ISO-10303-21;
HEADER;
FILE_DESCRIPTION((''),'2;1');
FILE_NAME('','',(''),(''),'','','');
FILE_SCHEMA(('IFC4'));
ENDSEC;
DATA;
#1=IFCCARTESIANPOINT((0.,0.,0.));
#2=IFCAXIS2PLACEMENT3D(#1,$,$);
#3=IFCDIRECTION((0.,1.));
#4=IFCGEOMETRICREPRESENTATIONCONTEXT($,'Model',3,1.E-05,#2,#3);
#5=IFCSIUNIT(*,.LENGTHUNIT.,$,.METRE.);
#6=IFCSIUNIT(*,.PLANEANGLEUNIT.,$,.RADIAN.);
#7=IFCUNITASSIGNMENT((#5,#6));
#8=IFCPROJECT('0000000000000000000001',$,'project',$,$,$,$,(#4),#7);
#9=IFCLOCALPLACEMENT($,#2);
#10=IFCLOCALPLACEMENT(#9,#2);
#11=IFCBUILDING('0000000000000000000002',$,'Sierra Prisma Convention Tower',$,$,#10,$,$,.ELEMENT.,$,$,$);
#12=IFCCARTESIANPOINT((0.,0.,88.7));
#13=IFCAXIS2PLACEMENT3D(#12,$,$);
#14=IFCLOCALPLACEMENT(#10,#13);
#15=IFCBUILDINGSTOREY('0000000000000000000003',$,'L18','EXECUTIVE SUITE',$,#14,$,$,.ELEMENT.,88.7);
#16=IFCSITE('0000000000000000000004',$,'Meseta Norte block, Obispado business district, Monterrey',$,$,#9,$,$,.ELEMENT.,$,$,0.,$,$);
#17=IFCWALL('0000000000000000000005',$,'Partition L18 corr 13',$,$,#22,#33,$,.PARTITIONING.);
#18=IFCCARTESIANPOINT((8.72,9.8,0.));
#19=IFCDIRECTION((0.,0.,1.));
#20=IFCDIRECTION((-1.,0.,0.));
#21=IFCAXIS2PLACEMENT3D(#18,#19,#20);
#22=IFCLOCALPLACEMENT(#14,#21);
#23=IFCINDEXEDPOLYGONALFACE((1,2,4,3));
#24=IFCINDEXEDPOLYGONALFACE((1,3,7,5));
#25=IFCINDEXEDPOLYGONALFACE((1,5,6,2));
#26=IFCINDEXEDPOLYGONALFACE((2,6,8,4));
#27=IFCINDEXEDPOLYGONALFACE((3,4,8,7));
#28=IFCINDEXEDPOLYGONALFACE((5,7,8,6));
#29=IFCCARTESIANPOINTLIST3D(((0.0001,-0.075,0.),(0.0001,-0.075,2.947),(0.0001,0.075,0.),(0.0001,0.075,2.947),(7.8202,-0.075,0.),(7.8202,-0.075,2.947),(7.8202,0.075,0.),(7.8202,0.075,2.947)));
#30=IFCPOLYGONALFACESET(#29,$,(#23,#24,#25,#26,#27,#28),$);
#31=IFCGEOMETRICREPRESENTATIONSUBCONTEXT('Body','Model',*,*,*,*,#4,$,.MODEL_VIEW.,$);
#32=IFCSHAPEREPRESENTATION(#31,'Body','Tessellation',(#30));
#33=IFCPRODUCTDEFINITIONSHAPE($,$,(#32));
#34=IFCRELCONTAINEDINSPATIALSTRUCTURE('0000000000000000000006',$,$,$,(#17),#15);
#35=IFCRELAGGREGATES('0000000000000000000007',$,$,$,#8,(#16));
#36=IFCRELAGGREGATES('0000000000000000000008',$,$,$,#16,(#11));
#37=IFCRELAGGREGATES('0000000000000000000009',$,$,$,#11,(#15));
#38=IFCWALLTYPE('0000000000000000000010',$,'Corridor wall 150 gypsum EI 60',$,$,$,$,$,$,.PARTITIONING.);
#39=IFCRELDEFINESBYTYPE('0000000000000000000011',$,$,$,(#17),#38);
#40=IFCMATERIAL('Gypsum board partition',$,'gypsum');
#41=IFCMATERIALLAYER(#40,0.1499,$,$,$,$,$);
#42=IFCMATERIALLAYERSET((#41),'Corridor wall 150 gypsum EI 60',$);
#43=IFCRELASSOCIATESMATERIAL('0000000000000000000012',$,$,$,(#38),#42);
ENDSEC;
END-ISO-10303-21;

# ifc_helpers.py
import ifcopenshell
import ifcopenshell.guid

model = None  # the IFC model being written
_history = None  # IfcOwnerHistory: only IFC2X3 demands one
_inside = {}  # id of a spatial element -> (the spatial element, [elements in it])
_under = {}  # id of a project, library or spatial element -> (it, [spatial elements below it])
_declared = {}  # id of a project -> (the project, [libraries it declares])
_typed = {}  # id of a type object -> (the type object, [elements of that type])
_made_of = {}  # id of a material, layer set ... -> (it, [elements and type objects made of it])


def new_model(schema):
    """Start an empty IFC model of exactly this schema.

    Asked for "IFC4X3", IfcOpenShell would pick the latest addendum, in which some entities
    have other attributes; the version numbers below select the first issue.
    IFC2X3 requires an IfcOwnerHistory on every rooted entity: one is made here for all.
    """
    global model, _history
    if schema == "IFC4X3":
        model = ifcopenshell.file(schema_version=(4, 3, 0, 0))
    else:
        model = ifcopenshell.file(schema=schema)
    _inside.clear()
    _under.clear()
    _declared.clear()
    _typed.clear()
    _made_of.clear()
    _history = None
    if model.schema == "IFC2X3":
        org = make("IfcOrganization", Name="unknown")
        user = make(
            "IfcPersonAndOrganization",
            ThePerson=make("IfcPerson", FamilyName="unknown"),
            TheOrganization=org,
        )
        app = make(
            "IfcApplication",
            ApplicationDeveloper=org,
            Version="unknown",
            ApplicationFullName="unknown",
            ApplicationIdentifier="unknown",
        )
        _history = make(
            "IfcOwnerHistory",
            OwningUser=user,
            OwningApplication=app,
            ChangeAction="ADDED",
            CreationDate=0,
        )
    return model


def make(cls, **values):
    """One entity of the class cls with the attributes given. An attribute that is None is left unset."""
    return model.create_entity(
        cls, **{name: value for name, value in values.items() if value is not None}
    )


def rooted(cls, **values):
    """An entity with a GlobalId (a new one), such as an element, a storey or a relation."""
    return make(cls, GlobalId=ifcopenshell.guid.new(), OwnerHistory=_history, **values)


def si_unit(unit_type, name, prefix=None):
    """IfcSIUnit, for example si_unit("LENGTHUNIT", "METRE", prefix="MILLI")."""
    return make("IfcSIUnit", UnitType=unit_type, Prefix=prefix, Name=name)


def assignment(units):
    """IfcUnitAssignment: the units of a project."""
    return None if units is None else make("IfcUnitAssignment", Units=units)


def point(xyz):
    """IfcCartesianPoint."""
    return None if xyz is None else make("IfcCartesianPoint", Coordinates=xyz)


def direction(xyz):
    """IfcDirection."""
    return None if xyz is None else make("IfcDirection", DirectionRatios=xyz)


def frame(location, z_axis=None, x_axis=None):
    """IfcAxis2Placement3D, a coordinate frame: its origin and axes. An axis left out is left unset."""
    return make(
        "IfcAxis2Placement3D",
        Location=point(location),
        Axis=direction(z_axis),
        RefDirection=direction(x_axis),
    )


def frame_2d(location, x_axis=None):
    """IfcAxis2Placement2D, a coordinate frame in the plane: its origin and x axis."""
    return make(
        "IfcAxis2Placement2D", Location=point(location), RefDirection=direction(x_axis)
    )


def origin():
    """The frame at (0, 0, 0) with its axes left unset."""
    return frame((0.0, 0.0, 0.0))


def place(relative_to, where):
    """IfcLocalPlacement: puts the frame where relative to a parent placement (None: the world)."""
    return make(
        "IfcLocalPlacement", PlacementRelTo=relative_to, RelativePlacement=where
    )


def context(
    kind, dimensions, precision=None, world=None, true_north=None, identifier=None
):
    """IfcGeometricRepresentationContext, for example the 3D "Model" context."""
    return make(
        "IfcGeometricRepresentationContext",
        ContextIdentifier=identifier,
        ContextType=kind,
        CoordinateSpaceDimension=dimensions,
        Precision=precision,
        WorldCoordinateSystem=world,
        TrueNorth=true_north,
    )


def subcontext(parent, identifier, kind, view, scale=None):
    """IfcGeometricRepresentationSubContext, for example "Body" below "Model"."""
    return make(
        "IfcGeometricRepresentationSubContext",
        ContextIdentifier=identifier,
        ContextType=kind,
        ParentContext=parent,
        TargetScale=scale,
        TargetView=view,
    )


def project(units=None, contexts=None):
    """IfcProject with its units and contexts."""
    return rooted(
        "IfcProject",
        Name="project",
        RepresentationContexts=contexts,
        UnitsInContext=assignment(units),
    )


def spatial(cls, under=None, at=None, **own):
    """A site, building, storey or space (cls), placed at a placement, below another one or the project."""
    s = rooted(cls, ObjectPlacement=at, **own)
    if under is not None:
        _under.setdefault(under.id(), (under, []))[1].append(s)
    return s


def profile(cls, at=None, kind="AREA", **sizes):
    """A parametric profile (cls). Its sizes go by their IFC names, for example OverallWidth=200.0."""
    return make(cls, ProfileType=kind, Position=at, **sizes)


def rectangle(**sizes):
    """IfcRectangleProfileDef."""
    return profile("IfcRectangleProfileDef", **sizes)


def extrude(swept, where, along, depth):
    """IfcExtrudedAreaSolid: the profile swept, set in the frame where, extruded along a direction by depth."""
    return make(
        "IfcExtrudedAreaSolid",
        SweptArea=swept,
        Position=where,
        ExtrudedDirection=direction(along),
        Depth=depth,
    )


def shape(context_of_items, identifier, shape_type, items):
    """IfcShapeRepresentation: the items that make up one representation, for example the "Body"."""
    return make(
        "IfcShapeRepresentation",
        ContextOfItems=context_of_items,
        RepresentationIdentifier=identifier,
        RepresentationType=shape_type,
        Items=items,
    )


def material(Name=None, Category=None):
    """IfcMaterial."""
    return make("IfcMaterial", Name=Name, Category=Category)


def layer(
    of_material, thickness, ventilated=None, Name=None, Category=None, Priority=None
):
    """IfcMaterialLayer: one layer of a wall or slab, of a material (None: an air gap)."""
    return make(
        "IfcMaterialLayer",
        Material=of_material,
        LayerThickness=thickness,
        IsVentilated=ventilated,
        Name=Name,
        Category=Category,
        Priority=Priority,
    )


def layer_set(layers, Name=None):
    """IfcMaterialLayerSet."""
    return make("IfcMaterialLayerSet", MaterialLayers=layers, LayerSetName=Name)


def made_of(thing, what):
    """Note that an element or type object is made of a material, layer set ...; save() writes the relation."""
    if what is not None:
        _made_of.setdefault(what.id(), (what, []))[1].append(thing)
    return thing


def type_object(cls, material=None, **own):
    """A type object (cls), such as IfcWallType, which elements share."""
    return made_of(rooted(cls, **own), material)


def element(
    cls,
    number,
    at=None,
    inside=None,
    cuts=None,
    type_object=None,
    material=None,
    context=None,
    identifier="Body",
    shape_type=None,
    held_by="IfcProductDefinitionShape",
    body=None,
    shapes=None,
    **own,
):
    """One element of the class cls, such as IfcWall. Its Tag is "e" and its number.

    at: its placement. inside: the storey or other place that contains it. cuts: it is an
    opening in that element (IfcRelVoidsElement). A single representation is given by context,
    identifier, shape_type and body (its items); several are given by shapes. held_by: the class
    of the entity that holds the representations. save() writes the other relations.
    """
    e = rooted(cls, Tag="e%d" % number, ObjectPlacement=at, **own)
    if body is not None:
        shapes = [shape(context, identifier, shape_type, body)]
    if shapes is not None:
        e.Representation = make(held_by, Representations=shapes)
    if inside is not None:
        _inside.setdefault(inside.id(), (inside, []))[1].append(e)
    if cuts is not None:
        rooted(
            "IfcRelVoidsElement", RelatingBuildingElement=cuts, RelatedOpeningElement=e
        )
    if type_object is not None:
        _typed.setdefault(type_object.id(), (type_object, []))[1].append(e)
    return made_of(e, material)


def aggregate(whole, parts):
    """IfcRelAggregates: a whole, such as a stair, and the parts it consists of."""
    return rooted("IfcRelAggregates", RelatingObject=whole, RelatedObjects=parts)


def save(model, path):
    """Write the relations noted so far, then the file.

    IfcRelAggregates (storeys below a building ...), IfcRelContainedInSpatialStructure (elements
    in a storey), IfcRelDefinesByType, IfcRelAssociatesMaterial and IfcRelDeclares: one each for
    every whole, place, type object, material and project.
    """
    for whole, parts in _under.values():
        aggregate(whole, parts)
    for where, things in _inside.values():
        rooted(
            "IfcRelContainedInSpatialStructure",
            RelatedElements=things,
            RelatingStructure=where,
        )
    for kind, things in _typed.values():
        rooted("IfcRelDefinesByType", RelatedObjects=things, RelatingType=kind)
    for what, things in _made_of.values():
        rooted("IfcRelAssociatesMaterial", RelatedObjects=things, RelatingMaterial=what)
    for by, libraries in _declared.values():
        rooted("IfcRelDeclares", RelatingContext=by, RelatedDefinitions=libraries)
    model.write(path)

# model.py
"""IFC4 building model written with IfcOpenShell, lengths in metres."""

from ifc_helpers import new_model, si_unit, direction, frame, frame_2d, origin, place, context, subcontext, project, spatial, rectangle, extrude, material, layer, layer_set, type_object, element, save


model = new_model("IFC4")

# Units and contexts
model_context = context("Model", 3, precision=1e-05, world=origin(), true_north=direction((0.0, 1.0)))
body_context = subcontext(model_context, "Body", "Model", "MODEL_VIEW")
ifc_project = project(units=[si_unit("LENGTHUNIT", "METRE"), si_unit("PLANEANGLEUNIT", "RADIAN")], contexts=[model_context])

# Site, building, storey
site_placement = place(None, origin())
site = spatial("IfcSite", under=ifc_project, at=site_placement, Name="Meseta Norte block, Obispado business district, Monterrey", CompositionType="ELEMENT", RefElevation=0.0)
building_placement = place(site_placement, origin())
building = spatial("IfcBuilding", under=site, at=building_placement, Name="Sierra Prisma Convention Tower", CompositionType="ELEMENT")
storey_placement = place(building_placement, frame((0.0, 0.0, 88.7)))
storey = spatial("IfcBuildingStorey", under=building, at=storey_placement, Name="L18", Description="EXECUTIVE SUITE", CompositionType="ELEMENT", Elevation=88.7)

# Wall
ifc_material_1 = material(Name="Gypsum board partition", Category="gypsum")
ifc_layer_1 = layer(ifc_material_1, 0.1499)
ifc_layer_set_1 = layer_set([ifc_layer_1], Name="Corridor wall 150 gypsum EI 60")
wall_type_1 = type_object("IfcWallType", Name="Corridor wall 150 gypsum EI 60", PredefinedType="PARTITIONING", material=ifc_layer_set_1)
wall_1_placement = place(storey_placement, frame((8.72, 9.8, 0.0), z_axis=(0.0, 0.0, 1.0), x_axis=(-1.0, 0.0, 0.0)))
element("IfcWall", 1, at=wall_1_placement, inside=storey, type_object=wall_type_1, Name="Partition L18 corr 13", PredefinedType="PARTITIONING", context=body_context, shape_type="SweptSolid", body=[
    extrude(rectangle(XDim=7.8201, YDim=0.1499, at=frame_2d((3.9102, 0.0))), origin(), (0.0, 0.0, 1.0), 2.947),
])

save(model, "model.ifc")
